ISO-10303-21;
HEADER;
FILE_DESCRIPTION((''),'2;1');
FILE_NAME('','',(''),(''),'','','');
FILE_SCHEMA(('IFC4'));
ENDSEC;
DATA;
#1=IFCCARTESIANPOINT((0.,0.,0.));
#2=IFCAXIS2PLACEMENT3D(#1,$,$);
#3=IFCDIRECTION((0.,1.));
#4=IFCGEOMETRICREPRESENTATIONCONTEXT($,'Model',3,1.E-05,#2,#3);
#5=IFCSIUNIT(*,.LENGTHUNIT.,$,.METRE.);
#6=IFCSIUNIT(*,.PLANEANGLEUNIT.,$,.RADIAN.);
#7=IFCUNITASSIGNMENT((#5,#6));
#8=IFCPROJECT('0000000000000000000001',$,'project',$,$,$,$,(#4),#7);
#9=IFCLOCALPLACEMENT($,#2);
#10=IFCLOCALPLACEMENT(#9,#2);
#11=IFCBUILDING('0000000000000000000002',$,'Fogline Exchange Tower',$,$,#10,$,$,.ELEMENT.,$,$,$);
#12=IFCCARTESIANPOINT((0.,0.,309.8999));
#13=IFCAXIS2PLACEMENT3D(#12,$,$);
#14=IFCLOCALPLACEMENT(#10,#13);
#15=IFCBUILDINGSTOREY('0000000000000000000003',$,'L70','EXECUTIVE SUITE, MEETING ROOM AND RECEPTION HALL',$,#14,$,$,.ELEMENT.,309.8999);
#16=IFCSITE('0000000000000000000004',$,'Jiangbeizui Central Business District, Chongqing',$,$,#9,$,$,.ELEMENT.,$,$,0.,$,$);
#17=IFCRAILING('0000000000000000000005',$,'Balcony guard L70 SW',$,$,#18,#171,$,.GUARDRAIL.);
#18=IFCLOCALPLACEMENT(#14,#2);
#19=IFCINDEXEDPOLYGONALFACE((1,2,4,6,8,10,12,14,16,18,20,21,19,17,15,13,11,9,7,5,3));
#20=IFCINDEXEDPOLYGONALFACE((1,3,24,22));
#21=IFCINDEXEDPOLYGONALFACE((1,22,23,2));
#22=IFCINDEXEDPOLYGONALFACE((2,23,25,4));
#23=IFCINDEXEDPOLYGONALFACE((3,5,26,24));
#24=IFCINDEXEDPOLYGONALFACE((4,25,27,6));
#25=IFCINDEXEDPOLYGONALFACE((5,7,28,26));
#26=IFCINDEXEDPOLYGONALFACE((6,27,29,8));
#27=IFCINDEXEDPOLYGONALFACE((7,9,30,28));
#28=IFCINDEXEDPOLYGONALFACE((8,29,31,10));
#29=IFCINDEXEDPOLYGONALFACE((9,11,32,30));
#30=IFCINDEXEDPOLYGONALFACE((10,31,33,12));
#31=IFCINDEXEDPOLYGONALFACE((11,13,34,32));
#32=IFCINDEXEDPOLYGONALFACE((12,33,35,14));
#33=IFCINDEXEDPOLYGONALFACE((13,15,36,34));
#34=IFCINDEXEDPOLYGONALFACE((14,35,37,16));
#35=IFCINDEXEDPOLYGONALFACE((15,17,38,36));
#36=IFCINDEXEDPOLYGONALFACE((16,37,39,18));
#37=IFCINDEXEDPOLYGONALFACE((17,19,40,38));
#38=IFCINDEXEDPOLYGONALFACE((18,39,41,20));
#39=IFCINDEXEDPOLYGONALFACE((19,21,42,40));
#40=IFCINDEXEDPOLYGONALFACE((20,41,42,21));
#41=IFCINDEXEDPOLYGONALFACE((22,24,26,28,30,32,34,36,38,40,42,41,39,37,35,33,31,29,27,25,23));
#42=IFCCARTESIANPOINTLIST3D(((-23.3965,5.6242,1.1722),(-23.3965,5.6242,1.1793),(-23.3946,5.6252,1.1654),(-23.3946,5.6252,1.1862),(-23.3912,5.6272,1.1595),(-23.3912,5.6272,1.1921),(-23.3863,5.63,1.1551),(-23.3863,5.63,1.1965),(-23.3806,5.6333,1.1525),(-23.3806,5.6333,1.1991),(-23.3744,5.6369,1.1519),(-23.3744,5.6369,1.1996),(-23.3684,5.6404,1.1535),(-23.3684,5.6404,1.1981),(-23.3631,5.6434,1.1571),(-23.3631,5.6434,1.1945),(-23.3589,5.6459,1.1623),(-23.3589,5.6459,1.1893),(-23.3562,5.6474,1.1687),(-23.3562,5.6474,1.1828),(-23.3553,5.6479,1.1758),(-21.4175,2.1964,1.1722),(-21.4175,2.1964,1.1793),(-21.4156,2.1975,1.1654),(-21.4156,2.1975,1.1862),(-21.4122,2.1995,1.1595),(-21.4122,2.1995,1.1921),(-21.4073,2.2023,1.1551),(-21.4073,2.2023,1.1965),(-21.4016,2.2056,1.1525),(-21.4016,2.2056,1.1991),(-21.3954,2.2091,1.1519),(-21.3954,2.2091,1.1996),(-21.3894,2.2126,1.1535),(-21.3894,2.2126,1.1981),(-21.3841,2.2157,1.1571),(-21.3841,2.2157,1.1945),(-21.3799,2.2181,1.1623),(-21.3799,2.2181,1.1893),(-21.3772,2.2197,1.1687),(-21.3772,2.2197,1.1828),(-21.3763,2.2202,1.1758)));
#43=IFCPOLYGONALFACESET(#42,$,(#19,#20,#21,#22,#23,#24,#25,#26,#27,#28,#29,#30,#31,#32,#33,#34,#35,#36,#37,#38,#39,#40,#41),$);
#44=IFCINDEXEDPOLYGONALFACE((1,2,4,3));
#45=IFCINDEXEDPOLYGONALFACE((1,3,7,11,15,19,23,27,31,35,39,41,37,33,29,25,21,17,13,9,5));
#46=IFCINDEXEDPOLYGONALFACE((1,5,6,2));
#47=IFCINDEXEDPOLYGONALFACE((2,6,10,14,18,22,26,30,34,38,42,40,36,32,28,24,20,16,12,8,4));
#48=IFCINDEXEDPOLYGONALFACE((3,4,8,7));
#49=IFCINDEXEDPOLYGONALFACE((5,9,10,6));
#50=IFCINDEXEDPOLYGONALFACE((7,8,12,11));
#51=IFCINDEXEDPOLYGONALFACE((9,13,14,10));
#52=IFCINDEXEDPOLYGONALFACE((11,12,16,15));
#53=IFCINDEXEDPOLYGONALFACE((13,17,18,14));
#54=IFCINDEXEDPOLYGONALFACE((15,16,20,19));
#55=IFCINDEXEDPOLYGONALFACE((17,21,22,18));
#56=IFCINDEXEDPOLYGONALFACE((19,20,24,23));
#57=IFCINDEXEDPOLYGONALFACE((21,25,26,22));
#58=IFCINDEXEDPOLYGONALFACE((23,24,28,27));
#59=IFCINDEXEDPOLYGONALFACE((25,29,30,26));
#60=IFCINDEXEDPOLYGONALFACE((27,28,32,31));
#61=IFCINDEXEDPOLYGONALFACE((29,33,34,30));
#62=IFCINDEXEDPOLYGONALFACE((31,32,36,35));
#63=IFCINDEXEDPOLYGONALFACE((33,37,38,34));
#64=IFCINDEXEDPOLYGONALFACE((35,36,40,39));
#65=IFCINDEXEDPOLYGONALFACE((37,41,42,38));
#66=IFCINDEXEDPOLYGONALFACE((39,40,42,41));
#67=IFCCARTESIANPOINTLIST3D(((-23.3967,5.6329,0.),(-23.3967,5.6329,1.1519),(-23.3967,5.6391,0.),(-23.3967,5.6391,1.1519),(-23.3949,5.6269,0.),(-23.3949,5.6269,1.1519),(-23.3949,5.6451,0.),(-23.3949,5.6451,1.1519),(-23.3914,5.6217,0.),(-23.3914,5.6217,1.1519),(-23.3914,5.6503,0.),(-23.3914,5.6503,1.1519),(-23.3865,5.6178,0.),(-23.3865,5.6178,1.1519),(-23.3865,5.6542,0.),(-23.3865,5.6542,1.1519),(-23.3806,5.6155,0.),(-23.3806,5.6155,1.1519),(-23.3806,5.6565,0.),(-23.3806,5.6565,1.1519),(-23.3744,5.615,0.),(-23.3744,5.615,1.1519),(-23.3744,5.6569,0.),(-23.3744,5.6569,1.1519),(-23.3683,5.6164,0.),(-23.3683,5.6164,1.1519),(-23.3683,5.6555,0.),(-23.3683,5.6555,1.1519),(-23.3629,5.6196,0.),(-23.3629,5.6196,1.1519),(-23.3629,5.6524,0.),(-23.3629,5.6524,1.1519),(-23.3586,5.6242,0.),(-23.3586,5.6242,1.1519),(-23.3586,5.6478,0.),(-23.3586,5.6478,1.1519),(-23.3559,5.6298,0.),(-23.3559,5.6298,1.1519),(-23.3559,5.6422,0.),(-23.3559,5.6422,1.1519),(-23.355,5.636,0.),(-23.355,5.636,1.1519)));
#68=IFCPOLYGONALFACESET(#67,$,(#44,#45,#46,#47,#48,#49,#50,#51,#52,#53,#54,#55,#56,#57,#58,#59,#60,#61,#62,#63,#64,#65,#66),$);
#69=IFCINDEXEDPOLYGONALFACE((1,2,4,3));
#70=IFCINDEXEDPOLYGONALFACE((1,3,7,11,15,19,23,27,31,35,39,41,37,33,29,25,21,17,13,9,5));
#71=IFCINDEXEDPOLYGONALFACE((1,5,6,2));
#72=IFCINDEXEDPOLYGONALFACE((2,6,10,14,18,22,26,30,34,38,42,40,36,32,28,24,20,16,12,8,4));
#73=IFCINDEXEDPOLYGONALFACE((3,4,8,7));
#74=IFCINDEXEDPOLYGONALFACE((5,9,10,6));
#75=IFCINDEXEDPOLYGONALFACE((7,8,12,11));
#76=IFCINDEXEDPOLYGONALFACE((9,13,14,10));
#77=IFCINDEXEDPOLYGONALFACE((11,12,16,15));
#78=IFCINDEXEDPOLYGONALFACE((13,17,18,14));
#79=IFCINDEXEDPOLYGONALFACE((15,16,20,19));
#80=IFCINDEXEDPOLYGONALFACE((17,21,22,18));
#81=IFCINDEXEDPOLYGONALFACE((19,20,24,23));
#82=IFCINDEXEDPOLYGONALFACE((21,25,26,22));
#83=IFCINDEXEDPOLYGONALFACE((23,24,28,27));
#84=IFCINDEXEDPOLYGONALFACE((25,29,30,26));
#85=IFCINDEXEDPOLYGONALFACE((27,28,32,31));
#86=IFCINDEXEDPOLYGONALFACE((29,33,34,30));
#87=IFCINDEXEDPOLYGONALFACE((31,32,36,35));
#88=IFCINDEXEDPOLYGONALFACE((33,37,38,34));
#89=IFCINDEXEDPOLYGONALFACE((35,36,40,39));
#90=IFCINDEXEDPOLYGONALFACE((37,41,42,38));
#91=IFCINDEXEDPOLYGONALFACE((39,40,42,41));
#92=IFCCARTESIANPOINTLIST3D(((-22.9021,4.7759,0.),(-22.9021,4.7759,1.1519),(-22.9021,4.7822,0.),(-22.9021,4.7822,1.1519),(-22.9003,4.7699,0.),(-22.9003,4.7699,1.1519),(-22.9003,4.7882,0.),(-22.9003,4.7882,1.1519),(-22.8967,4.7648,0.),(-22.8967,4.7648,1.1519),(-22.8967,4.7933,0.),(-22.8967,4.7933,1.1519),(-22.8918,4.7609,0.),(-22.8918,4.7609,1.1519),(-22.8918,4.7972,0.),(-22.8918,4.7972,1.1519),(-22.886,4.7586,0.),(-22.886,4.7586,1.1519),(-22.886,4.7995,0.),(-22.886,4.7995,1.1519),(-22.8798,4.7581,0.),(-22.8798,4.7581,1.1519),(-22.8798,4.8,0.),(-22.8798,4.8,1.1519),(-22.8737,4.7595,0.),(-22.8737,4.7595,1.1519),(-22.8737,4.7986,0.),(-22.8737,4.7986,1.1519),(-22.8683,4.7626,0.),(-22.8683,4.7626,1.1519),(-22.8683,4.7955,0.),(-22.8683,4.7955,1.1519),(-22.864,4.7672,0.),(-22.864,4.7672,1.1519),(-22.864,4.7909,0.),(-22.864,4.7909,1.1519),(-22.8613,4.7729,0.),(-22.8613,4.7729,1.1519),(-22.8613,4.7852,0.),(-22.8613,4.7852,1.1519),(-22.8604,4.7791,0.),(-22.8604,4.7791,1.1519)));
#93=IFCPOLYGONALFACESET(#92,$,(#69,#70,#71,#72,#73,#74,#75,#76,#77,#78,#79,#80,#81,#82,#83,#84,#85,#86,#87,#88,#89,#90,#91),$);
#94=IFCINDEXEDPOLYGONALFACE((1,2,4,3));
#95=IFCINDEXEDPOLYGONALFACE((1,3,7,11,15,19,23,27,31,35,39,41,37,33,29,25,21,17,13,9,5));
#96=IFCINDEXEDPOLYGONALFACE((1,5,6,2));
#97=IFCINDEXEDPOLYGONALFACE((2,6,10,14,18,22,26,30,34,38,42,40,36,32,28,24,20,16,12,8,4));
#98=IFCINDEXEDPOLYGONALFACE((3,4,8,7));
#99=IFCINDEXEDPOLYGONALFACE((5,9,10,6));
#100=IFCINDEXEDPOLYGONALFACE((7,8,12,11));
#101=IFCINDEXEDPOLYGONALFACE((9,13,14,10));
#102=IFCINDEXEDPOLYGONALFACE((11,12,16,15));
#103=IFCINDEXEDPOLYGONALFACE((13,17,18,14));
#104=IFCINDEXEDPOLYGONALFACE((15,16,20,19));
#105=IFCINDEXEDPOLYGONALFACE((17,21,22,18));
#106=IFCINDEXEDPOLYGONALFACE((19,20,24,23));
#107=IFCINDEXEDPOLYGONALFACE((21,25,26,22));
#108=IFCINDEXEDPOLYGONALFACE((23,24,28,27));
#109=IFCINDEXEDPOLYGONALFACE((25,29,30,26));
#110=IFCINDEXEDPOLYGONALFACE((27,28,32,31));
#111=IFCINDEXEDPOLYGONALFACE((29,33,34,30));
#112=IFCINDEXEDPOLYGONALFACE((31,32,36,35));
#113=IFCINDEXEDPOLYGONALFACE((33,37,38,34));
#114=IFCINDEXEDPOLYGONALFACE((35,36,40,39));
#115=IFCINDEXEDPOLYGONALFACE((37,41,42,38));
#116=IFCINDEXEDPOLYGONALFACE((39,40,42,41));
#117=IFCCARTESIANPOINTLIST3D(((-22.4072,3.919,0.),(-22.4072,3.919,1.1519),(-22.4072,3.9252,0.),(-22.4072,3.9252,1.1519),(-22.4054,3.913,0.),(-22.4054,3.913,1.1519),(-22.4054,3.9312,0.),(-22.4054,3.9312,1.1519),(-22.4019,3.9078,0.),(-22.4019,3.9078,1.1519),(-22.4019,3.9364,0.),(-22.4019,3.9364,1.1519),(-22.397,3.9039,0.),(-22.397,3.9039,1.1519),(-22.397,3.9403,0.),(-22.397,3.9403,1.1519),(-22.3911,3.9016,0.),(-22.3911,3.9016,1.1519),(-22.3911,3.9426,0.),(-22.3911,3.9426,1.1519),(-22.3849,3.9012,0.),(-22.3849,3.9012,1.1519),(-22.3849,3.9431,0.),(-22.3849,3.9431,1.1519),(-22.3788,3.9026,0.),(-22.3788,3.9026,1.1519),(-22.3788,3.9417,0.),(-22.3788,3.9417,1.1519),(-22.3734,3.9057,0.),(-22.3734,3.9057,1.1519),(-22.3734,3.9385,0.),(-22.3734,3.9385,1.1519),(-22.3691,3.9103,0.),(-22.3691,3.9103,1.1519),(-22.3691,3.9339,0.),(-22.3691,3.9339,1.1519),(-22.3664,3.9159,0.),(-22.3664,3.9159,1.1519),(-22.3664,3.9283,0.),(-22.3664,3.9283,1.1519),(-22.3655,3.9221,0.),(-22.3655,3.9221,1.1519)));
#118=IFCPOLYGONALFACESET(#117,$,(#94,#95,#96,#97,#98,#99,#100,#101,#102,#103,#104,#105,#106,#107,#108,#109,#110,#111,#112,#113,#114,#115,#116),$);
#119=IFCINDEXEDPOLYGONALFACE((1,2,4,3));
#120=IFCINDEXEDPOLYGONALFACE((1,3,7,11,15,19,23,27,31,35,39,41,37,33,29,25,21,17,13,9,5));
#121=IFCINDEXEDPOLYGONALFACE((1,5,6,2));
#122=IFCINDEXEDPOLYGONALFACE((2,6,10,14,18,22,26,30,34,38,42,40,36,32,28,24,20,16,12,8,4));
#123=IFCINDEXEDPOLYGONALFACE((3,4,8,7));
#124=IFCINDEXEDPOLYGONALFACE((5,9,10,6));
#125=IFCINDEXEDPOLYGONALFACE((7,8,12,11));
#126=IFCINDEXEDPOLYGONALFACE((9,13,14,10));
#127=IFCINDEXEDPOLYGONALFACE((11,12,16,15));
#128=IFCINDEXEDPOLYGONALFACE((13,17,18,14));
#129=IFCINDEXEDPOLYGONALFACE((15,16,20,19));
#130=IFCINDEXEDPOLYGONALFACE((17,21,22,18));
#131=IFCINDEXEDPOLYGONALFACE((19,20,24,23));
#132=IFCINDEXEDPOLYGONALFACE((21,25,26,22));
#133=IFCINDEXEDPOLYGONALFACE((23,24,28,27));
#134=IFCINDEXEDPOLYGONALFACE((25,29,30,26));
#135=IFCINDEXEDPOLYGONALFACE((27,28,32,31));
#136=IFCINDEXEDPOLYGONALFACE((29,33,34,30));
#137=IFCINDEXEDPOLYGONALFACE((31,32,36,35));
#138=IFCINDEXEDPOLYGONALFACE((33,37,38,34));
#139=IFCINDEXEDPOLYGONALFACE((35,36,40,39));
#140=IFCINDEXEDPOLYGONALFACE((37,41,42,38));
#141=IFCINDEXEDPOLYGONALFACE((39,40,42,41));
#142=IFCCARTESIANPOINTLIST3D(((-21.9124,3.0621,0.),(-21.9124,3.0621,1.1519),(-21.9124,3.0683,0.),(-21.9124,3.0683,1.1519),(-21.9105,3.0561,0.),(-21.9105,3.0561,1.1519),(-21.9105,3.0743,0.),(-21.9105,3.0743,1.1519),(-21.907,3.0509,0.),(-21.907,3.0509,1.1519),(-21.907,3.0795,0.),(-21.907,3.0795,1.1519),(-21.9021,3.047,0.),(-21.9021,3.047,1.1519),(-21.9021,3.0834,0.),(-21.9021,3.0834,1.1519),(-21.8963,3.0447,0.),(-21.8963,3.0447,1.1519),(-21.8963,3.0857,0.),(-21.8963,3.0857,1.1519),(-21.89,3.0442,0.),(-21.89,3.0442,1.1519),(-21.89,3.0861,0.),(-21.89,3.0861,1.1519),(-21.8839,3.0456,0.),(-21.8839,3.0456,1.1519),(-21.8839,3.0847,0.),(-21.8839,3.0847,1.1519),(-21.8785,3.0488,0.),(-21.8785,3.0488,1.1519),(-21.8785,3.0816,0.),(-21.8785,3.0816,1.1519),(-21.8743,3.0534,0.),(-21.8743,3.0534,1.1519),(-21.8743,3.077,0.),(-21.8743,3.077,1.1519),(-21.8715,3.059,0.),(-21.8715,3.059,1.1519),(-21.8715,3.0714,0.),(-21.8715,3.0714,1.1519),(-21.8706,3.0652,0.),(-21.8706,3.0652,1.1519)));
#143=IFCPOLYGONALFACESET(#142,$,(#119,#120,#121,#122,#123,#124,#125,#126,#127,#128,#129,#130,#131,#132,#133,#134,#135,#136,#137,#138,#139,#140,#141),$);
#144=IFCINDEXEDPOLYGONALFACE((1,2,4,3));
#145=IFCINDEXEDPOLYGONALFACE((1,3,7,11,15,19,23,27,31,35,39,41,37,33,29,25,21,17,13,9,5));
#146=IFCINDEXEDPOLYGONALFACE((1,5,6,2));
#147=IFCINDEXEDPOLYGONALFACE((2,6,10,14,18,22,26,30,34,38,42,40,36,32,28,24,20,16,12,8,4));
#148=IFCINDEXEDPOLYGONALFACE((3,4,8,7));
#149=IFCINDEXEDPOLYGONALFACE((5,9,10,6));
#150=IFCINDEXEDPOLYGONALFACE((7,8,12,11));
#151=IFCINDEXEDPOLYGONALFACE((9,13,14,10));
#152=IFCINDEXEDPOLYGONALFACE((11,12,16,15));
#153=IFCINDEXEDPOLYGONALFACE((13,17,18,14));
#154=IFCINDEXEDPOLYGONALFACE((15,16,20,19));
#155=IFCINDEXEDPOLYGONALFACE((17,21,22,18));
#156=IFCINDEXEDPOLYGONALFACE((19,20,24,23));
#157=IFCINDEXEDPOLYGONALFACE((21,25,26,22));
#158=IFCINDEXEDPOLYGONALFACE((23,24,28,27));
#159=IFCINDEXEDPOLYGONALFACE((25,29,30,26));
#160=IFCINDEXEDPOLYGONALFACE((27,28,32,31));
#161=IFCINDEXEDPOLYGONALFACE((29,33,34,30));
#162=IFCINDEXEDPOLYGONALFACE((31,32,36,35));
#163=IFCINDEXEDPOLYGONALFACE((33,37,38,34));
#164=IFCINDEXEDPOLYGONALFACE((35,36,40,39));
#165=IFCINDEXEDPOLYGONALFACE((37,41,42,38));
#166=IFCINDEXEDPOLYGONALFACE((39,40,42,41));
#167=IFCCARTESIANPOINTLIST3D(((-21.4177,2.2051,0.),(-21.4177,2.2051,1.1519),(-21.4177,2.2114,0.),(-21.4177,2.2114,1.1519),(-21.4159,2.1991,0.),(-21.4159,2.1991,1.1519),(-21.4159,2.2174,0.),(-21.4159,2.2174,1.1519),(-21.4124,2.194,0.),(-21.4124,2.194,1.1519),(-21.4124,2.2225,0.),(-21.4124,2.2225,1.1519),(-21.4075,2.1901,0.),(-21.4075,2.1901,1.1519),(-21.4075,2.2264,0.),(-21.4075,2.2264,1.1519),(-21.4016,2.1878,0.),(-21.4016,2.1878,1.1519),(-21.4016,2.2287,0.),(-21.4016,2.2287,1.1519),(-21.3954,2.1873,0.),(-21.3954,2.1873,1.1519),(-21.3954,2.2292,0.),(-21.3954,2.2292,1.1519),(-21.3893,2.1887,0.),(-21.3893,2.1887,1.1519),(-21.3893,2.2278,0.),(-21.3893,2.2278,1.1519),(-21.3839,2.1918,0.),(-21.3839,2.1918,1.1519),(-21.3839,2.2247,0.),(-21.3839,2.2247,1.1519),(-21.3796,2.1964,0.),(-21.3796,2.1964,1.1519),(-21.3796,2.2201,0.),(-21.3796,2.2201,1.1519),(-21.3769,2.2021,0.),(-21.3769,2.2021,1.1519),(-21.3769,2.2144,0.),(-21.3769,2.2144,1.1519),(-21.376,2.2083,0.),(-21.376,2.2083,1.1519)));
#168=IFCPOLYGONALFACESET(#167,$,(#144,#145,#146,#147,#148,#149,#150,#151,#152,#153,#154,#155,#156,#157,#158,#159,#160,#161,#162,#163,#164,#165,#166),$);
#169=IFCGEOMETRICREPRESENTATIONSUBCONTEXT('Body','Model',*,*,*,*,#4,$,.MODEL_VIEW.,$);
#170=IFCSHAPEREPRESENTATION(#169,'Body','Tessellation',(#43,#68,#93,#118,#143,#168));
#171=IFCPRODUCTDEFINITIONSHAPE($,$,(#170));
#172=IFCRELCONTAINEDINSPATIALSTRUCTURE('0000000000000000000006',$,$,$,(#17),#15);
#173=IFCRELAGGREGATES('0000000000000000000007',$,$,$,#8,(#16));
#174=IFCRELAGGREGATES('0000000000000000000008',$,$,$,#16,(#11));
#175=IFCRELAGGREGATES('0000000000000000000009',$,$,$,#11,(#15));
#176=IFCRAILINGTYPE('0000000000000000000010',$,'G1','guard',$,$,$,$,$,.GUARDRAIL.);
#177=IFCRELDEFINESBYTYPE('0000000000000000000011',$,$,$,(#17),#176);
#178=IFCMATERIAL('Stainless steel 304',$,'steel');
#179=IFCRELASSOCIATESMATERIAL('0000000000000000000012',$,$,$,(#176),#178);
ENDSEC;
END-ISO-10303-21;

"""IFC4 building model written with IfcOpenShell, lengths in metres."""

from ifc_helpers import new_model, si_unit, direction, frame, origin, origin_2d, place, context, subcontext, project, spatial, circle, extrude, material, type_object, element, save


model = new_model("IFC4")

# Units and contexts
model_context = context("Model", 3, precision=1e-05, world=origin(), true_north=direction((0.0, 1.0)))
body_context = subcontext(model_context, "Body", "Model", "MODEL_VIEW")
ifc_project = project(units=[si_unit("LENGTHUNIT", "METRE"), si_unit("PLANEANGLEUNIT", "RADIAN")], contexts=[model_context])

# Site, building, storey
site_placement = place(None, origin())
site = spatial("IfcSite", under=ifc_project, at=site_placement, Name="Jiangbeizui Central Business District, Chongqing", CompositionType="ELEMENT", RefElevation=0.0)
building_placement = place(site_placement, origin())
building = spatial("IfcBuilding", under=site, at=building_placement, Name="Fogline Exchange Tower", CompositionType="ELEMENT")
storey_placement = place(building_placement, frame((0.0, 0.0, 309.8999)))
storey = spatial("IfcBuildingStorey", under=building, at=storey_placement, Name="L70", Description="EXECUTIVE SUITE, MEETING ROOM AND RECEPTION HALL", CompositionType="ELEMENT", Elevation=309.8999)

# Railing
ifc_material_1 = material(Name="Stainless steel 304", Category="steel")
railing_type = type_object("IfcRailingType", Name="G1", Description="guard", PredefinedType="GUARDRAIL", material=ifc_material_1)
railing_placement = place(storey_placement, frame((-23.376, 5.636, 0.0)))
element("IfcRailing", 1, at=railing_placement, inside=storey, type_object=railing_type, Name="Balcony guard L70 SW", PredefinedType="GUARDRAIL", context=body_context, shape_type="SweptSolid", body=[
    extrude(circle(Radius=0.0239, at=origin_2d()), frame((0.0, 0.0, 1.1758), z_axis=(0.5, -0.866025, 0.0), x_axis=(0.866025, 0.5, 0.0)), (0.0, 0.0, 1.0), 3.958),
    extrude(circle(Radius=0.021, at=origin_2d()), origin(), (0.0, 0.0, 1.0), 1.1519),
    extrude(circle(Radius=0.021, at=origin_2d()), frame((0.4946, -0.8569, 0.0)), (0.0, 0.0, 1.0), 1.1519),
    extrude(circle(Radius=0.021, at=origin_2d()), frame((0.9895, -1.7139, 0.0)), (0.0, 0.0, 1.0), 1.1519),
    extrude(circle(Radius=0.021, at=origin_2d()), frame((1.4844, -2.5708, 0.0)), (0.0, 0.0, 1.0), 1.1519),
    extrude(circle(Radius=0.021, at=origin_2d()), frame((1.979, -3.4277, 0.0)), (0.0, 0.0, 1.0), 1.1519),
])

save(model, "model.ifc")
